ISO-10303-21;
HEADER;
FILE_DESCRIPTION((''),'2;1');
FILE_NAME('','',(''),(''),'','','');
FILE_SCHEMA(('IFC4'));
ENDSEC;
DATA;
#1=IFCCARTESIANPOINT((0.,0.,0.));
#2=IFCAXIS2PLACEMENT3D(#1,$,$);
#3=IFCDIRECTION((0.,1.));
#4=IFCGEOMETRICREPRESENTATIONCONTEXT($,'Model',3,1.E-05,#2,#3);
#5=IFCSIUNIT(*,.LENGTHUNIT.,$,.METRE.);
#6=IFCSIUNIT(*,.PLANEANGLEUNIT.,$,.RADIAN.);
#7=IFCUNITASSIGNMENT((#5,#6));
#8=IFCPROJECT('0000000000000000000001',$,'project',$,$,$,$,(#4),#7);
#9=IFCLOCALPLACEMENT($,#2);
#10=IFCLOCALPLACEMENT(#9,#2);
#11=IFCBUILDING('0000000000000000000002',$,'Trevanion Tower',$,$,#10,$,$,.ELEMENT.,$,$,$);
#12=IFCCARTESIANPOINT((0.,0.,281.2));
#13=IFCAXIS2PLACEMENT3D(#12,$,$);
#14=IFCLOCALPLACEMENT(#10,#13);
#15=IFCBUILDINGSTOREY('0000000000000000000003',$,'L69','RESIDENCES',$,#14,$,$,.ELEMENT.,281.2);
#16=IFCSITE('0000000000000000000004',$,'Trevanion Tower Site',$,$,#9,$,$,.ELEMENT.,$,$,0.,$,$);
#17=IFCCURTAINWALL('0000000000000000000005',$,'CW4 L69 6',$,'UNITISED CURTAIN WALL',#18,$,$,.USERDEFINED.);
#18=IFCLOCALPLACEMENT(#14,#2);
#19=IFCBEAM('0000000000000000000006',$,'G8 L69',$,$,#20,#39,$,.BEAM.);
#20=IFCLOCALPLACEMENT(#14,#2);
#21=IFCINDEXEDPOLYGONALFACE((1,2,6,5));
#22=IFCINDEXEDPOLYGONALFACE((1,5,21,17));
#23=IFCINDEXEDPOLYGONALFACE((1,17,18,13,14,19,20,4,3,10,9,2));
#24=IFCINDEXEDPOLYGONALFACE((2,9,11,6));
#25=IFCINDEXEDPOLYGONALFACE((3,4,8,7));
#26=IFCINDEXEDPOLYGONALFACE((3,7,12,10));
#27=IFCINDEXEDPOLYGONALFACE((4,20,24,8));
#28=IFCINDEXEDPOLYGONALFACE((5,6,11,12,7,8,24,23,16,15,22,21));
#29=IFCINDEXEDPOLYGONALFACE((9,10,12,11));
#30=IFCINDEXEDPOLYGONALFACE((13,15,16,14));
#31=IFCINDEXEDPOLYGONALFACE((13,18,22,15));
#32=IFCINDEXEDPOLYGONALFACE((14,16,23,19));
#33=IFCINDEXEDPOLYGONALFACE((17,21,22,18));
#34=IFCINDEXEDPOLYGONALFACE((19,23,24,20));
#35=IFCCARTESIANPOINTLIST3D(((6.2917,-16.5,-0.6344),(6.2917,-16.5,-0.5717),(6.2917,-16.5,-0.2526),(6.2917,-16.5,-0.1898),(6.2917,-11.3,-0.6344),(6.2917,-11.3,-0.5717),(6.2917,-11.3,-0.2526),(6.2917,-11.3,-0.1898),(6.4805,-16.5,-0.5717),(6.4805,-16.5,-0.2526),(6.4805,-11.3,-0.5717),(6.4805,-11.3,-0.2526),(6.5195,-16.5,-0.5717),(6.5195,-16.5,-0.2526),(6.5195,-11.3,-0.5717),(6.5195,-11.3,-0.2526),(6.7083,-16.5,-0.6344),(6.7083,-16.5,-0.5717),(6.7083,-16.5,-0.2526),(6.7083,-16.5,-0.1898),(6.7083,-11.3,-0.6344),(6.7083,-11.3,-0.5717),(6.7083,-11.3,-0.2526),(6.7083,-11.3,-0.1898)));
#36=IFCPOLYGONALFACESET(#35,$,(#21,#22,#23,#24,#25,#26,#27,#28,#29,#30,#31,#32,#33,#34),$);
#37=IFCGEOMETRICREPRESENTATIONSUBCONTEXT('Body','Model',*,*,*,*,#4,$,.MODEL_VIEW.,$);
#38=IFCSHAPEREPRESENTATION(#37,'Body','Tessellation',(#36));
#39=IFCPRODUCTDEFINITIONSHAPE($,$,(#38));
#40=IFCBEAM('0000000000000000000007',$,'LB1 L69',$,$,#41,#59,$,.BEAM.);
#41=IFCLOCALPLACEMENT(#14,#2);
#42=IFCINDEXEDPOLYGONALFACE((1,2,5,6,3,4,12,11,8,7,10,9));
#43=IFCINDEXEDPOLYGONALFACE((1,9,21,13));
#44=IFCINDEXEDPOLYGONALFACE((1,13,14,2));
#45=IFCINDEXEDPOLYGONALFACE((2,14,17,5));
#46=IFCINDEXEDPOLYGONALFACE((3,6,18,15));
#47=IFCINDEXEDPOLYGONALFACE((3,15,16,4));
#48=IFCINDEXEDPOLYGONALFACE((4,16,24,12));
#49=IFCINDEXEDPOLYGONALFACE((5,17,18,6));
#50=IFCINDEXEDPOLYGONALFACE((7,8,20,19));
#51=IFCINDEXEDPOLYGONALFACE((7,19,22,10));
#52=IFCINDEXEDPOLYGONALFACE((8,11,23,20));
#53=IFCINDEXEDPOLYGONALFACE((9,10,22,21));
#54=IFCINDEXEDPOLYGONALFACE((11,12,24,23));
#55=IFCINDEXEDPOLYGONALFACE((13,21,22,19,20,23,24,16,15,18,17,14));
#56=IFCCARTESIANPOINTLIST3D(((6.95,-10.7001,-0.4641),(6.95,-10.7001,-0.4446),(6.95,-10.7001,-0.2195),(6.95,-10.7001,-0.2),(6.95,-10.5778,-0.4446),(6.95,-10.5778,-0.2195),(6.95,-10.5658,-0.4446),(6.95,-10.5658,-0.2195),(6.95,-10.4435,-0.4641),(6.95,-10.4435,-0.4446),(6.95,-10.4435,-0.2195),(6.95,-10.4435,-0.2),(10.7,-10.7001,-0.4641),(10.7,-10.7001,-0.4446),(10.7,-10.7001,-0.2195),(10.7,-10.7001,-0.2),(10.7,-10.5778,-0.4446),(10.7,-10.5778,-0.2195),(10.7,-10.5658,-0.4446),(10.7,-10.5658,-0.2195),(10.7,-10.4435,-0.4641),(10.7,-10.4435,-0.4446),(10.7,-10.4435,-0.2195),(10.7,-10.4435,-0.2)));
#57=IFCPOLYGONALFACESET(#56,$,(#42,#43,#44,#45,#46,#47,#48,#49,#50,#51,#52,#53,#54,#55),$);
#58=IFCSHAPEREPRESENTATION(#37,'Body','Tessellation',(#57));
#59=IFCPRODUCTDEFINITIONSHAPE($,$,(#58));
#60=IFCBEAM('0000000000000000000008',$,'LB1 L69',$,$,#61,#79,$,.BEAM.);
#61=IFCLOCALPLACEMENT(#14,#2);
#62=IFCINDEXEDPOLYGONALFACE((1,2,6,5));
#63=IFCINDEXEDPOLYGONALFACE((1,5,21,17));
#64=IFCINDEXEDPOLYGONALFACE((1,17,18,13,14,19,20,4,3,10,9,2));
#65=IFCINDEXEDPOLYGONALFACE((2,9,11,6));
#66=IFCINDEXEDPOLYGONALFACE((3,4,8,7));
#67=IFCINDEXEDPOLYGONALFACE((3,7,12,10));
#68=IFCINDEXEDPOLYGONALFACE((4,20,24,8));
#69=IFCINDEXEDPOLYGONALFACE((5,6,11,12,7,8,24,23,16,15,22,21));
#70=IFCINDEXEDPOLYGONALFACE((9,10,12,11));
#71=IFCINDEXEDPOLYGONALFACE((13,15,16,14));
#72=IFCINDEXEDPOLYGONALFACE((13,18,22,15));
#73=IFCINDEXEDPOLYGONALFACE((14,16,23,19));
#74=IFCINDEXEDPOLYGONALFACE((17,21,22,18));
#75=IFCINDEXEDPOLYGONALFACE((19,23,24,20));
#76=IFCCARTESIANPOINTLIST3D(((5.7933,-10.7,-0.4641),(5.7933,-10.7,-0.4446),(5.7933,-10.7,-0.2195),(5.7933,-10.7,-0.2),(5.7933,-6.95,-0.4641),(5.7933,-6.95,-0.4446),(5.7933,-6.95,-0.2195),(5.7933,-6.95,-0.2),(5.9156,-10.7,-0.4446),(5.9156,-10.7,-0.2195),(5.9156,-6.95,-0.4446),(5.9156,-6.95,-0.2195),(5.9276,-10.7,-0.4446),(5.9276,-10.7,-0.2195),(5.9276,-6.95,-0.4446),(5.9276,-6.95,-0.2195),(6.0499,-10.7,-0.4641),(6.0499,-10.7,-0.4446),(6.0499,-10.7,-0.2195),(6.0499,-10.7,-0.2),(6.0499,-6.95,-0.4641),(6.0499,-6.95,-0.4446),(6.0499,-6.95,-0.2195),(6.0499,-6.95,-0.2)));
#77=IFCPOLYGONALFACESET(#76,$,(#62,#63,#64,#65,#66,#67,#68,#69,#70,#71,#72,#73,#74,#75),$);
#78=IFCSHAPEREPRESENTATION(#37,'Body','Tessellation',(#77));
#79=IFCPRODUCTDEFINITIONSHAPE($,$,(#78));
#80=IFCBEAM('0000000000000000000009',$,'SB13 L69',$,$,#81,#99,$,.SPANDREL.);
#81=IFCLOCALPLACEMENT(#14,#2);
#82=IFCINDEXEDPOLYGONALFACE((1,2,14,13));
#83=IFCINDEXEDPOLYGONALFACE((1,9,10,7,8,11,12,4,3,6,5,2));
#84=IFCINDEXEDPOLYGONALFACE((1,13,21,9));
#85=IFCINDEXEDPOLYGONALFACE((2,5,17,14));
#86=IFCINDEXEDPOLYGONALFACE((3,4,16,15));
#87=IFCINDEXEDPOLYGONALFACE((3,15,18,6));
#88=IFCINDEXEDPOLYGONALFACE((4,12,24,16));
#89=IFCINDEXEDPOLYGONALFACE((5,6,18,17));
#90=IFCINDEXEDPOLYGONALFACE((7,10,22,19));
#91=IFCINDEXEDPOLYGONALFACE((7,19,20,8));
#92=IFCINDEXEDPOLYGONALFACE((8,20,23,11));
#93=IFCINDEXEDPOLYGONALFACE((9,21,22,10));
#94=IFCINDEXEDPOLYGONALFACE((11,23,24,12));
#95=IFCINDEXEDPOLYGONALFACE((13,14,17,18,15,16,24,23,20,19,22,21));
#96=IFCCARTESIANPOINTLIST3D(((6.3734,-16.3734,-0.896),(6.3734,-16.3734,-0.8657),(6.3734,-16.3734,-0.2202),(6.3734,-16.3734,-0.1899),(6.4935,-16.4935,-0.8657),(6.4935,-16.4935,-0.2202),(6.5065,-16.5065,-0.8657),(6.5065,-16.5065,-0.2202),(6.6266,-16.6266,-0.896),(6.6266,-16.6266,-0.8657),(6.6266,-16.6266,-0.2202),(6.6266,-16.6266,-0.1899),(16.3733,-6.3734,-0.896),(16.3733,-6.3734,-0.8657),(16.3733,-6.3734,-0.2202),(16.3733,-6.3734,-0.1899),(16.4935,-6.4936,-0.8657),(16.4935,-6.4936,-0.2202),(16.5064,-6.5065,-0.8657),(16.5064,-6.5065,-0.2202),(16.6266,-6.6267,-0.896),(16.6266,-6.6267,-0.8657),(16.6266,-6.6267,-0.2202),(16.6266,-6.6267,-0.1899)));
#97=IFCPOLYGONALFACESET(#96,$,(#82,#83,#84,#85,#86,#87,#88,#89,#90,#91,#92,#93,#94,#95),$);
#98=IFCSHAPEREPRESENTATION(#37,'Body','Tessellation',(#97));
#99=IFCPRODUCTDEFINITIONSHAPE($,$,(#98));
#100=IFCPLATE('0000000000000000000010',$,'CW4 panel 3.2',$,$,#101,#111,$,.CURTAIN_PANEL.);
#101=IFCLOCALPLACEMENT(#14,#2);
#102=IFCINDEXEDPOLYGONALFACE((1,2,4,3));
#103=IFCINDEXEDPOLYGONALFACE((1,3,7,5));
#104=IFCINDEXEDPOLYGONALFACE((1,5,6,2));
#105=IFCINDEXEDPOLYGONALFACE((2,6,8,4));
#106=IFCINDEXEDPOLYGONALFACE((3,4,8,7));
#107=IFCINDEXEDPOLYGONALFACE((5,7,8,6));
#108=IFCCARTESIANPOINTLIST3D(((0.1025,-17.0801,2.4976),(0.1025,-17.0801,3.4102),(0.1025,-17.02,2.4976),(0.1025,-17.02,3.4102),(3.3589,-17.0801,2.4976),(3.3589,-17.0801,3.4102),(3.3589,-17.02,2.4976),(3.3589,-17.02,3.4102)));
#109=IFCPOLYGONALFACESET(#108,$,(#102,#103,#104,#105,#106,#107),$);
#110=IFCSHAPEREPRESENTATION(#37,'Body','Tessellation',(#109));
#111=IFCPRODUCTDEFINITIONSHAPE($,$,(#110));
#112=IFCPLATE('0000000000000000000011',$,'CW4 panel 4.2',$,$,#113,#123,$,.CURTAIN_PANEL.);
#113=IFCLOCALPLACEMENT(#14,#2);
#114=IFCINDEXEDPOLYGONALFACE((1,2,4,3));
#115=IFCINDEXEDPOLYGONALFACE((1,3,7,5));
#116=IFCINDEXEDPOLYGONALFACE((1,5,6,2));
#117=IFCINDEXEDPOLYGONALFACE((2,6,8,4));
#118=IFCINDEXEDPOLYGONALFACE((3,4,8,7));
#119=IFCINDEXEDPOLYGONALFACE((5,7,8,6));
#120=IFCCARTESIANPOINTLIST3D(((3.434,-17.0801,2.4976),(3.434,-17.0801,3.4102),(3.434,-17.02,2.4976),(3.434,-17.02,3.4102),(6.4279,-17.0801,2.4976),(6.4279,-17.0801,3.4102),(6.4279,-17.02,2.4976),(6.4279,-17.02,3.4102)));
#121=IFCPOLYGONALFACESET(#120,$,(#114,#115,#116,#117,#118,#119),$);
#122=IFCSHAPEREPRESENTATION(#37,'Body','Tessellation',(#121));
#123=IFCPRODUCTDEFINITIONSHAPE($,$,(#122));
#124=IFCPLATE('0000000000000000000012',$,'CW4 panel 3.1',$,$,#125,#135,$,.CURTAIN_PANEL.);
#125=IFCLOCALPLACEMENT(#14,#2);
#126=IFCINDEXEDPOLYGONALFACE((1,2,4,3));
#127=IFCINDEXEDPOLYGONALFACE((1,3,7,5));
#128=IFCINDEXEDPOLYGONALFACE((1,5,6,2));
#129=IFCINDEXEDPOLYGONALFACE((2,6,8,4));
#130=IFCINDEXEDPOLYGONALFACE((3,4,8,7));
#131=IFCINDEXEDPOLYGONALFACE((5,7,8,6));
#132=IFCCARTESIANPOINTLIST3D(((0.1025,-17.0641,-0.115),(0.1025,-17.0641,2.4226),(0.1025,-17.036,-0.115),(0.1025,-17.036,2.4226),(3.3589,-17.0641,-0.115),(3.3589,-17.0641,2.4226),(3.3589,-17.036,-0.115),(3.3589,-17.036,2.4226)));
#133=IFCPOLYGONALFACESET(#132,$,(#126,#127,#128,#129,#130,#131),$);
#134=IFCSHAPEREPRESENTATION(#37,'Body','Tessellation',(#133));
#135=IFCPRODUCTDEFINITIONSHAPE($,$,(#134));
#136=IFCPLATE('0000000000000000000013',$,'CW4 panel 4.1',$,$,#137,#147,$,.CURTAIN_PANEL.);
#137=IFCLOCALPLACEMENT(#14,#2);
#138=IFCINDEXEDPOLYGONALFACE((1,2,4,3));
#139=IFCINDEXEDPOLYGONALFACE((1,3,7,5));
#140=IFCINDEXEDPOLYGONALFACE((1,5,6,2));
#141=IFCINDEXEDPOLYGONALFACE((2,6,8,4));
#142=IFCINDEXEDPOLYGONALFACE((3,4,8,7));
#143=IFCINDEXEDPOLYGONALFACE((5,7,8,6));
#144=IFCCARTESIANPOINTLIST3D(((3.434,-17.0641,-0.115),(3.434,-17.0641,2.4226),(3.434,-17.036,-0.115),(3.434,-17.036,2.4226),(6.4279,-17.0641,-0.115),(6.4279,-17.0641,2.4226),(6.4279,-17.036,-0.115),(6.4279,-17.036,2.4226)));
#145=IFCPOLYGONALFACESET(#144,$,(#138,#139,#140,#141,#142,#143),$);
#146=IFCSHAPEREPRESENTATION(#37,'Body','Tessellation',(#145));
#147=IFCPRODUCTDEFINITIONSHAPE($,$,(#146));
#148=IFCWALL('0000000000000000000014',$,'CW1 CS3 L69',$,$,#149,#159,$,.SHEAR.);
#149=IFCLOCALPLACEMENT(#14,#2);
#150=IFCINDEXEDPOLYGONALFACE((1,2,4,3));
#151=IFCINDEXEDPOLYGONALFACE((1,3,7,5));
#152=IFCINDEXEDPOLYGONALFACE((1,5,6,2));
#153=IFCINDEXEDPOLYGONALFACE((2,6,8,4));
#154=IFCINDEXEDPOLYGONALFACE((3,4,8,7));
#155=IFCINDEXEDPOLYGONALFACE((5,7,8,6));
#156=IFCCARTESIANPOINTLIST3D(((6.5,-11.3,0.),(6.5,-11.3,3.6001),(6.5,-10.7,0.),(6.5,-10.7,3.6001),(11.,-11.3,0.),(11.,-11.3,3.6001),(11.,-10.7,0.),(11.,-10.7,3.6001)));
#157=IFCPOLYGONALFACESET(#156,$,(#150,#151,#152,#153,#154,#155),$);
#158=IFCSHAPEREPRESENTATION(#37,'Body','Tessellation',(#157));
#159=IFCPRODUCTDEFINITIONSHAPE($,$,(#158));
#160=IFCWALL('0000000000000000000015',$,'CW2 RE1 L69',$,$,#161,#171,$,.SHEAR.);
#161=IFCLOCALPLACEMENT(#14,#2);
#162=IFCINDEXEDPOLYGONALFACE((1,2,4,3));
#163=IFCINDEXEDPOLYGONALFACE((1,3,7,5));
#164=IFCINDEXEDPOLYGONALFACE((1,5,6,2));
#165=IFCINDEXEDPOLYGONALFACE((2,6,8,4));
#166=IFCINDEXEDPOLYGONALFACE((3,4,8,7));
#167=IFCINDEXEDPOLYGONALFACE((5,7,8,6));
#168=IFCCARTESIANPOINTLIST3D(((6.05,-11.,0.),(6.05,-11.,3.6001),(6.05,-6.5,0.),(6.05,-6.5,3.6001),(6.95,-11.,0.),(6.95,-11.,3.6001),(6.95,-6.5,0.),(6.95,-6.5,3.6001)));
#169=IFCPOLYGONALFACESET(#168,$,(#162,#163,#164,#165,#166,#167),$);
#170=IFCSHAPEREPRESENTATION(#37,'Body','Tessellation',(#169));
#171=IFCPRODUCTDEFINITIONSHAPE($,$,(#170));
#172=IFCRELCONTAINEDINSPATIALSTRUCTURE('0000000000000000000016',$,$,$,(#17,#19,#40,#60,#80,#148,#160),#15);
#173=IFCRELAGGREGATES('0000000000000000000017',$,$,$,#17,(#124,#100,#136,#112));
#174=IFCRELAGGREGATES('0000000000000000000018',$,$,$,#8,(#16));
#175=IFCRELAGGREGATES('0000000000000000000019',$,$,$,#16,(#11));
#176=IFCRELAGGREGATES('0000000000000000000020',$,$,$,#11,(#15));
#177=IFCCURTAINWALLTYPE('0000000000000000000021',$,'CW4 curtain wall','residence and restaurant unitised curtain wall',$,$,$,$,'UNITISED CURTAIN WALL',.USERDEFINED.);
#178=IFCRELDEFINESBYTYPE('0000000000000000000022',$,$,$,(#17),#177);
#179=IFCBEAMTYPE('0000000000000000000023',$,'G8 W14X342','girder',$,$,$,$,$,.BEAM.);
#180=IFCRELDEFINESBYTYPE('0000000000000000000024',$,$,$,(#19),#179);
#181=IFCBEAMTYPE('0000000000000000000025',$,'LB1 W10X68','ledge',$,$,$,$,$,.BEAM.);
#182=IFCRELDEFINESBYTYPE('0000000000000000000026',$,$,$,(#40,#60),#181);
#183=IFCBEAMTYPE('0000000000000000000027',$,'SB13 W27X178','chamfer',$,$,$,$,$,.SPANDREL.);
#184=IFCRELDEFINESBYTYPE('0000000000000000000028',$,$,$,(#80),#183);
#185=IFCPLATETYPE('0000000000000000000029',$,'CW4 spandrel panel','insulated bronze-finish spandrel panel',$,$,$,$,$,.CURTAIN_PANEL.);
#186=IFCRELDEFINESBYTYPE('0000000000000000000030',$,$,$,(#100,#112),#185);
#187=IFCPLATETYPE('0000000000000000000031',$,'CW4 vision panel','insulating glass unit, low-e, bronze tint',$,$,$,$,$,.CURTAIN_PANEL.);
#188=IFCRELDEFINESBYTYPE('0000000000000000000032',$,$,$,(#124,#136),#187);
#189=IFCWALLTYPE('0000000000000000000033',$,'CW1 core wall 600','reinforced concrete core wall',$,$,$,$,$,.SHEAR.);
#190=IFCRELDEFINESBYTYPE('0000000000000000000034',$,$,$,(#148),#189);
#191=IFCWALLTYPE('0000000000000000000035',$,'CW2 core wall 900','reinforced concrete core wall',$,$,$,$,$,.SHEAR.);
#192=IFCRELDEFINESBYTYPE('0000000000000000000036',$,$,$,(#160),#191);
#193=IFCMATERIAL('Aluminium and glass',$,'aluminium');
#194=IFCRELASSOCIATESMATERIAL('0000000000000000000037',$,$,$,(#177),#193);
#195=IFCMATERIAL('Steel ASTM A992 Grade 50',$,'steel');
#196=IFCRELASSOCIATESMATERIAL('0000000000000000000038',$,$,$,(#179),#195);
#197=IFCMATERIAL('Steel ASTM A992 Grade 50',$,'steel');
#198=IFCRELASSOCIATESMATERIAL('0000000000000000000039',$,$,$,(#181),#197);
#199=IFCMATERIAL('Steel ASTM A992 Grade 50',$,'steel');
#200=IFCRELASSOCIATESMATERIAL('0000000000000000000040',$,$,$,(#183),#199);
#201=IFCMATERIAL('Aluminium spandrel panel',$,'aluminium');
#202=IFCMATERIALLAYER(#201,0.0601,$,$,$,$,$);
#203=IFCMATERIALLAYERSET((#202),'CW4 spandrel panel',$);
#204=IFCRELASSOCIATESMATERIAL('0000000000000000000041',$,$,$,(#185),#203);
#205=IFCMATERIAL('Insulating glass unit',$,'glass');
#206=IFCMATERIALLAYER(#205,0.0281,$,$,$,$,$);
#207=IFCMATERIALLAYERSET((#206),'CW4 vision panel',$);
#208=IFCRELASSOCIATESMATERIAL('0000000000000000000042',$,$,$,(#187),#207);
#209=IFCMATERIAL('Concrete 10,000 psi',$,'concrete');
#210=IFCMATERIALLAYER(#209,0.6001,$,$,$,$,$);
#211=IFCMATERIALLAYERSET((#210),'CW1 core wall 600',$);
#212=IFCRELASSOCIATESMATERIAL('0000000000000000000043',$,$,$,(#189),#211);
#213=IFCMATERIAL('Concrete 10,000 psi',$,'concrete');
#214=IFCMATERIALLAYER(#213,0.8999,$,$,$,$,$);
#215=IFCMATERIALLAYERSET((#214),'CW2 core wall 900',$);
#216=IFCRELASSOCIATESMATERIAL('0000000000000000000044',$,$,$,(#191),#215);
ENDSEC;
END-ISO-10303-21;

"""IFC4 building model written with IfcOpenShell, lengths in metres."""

from ifc_helpers import new_model, si_unit, direction, frame, frame_2d, origin, origin_2d, place, context, subcontext, project, spatial, rectangle, i_section, extrude, material, layer, layer_set, material_profile, profile_set, type_object, element, aggregate, save


model = new_model("IFC4")

# Units and contexts
model_context = context("Model", 3, precision=1e-05, world=origin(), true_north=direction((0.0, 1.0)))
body_context = subcontext(model_context, "Body", "Model", "MODEL_VIEW")
ifc_project = project(units=[si_unit("LENGTHUNIT", "METRE"), si_unit("PLANEANGLEUNIT", "RADIAN")], contexts=[model_context])

# Site, building, storey
site_placement = place(None, origin())
site = spatial("IfcSite", under=ifc_project, at=site_placement, Name="Trevanion Tower Site", CompositionType="ELEMENT", RefElevation=0.0)
building_placement = place(site_placement, origin())
building = spatial("IfcBuilding", under=site, at=building_placement, Name="Trevanion Tower", CompositionType="ELEMENT")
storey_placement = place(building_placement, frame((0.0, 0.0, 281.2)))
storey = spatial("IfcBuildingStorey", under=building, at=storey_placement, Name="L69", Description="RESIDENCES", CompositionType="ELEMENT", Elevation=281.2)

# Curtain wall
ifc_material_1 = material(Name="Aluminium and glass", Category="aluminium")
curtain_wall_type = type_object("IfcCurtainWallType", Name="CW4 curtain wall", Description="residence and restaurant unitised curtain wall", ElementType="UNITISED CURTAIN WALL", PredefinedType="USERDEFINED", material=ifc_material_1)
curtain_wall_1_placement = place(storey_placement, origin())
curtain_wall_1 = element("IfcCurtainWall", 1, at=curtain_wall_1_placement, inside=storey, type_object=curtain_wall_type, Name="CW4 L69 6", ObjectType="UNITISED CURTAIN WALL", PredefinedType="USERDEFINED")

# Beams
ifc_material_2 = material(Name="Steel ASTM A992 Grade 50", Category="steel")
ifc_material_profile_1 = material_profile(ifc_material_2, i_section(OverallWidth=0.4165, OverallDepth=0.4446, WebThickness=0.0391, FlangeThickness=0.0627, at=origin_2d()), Name="W14X342")
ifc_profile_set_1 = profile_set([ifc_material_profile_1], Name="Steel ASTM A992 Grade 50")
beam_type_1 = type_object("IfcBeamType", Name="G8 W14X342", Description="girder", PredefinedType="BEAM", material=ifc_profile_set_1)
beam_1_placement = place(storey_placement, frame((6.5, -11.3, -0.4121), z_axis=(0.0, -1.0, 0.0), x_axis=(1.0, 0.0, 0.0)))
element("IfcBeam", 2, at=beam_1_placement, inside=storey, type_object=beam_type_1, Name="G8 L69", PredefinedType="BEAM", context=body_context, shape_type="SweptSolid", body=[
    extrude(i_section(OverallWidth=0.4165, OverallDepth=0.4446, WebThickness=0.0391, FlangeThickness=0.0627, at=origin_2d()), origin(), (0.0, 0.0, 1.0), 5.2),
])
ifc_material_3 = material(Name="Steel ASTM A992 Grade 50", Category="steel")
ifc_material_profile_2 = material_profile(ifc_material_3, i_section(OverallWidth=0.2566, OverallDepth=0.2642, WebThickness=0.012, FlangeThickness=0.0195, at=origin_2d()), Name="W10X68")
ifc_profile_set_2 = profile_set([ifc_material_profile_2], Name="Steel ASTM A992 Grade 50")
beam_type_2 = type_object("IfcBeamType", Name="LB1 W10X68", Description="ledge", PredefinedType="BEAM", material=ifc_profile_set_2)
for number, where, z_axis, x_axis, name in (
    (3, (6.95, -10.5718, -0.332), (1.0, 0.0, 0.0), (0.0, 1.0, 0.0), "LB1 L69"),
    (4, (5.9216, -10.7, -0.332), (0.0, 1.0, 0.0), (-1.0, 0.0, 0.0), "LB1 L69"),
):
    element("IfcBeam", number, at=place(storey_placement, frame(where, z_axis=z_axis, x_axis=x_axis)), inside=storey, type_object=beam_type_2, Name=name, PredefinedType="BEAM", context=body_context, shape_type="SweptSolid", body=[
        extrude(i_section(OverallWidth=0.2566, OverallDepth=0.2642, WebThickness=0.012, FlangeThickness=0.0195, at=origin_2d()), origin(), (0.0, 0.0, 1.0), 3.75),
    ])
ifc_material_4 = material(Name="Steel ASTM A992 Grade 50", Category="steel")
ifc_material_profile_3 = material_profile(ifc_material_4, i_section(OverallWidth=0.3582, OverallDepth=0.7061, WebThickness=0.0183, FlangeThickness=0.0303, at=origin_2d()), Name="W27X178")
ifc_profile_set_3 = profile_set([ifc_material_profile_3], Name="Steel ASTM A992 Grade 50")
beam_type_3 = type_object("IfcBeamType", Name="SB13 W27X178", Description="chamfer", PredefinedType="SPANDREL", material=ifc_profile_set_3)
beam_2_placement = place(storey_placement, frame((6.5, -16.5, -0.543), z_axis=(0.707107, 0.707107, 0.0), x_axis=(-0.707107, 0.707107, 0.0)))
element("IfcBeam", 5, at=beam_2_placement, inside=storey, type_object=beam_type_3, Name="SB13 L69", PredefinedType="SPANDREL", context=body_context, shape_type="SweptSolid", body=[
    extrude(i_section(OverallWidth=0.3582, OverallDepth=0.7061, WebThickness=0.0183, FlangeThickness=0.0303, at=origin_2d()), origin(), (0.0, 0.0, 1.0), 14.1421),
])

# Plates
ifc_material_5 = material(Name="Aluminium spandrel panel", Category="aluminium")
ifc_layer_1 = layer(ifc_material_5, 0.0601)
ifc_layer_set_1 = layer_set([ifc_layer_1], Name="CW4 spandrel panel")
plate_type_1 = type_object("IfcPlateType", Name="CW4 spandrel panel", Description="insulated bronze-finish spandrel panel", PredefinedType="CURTAIN_PANEL", material=ifc_layer_set_1)
plate_1_placement = place(storey_placement, frame((1.7307, -17.05, 2.4976), z_axis=(0.0, 0.0, 1.0), x_axis=(1.0, 0.0, 0.0)))
plate_1 = element("IfcPlate", 6, at=plate_1_placement, type_object=plate_type_1, Name="CW4 panel 3.2", PredefinedType="CURTAIN_PANEL", context=body_context, shape_type="SweptSolid", body=[
    extrude(rectangle(XDim=3.2563, YDim=0.0601, at=origin_2d()), origin(), (0.0, 0.0, 1.0), 0.9126),
])
plate_2_placement = place(storey_placement, frame((4.9309, -17.05, 2.4976), z_axis=(0.0, 0.0, 1.0), x_axis=(1.0, 0.0, 0.0)))
plate_2 = element("IfcPlate", 7, at=plate_2_placement, type_object=plate_type_1, Name="CW4 panel 4.2", PredefinedType="CURTAIN_PANEL", context=body_context, shape_type="SweptSolid", body=[
    extrude(rectangle(XDim=2.9939, YDim=0.0601, at=origin_2d()), origin(), (0.0, 0.0, 1.0), 0.9126),
])
ifc_material_6 = material(Name="Insulating glass unit", Category="glass")
ifc_layer_2 = layer(ifc_material_6, 0.0281)
ifc_layer_set_2 = layer_set([ifc_layer_2], Name="CW4 vision panel")
plate_type_2 = type_object("IfcPlateType", Name="CW4 vision panel", Description="insulating glass unit, low-e, bronze tint", PredefinedType="CURTAIN_PANEL", material=ifc_layer_set_2)
plate_3_placement = place(storey_placement, frame((1.7307, -17.05, -0.115), z_axis=(0.0, 0.0, 1.0), x_axis=(1.0, 0.0, 0.0)))
plate_3 = element("IfcPlate", 8, at=plate_3_placement, type_object=plate_type_2, Name="CW4 panel 3.1", PredefinedType="CURTAIN_PANEL", context=body_context, shape_type="SweptSolid", body=[
    extrude(rectangle(XDim=3.2563, YDim=0.0281, at=origin_2d()), origin(), (0.0, 0.0, 1.0), 2.5376),
])
plate_4_placement = place(storey_placement, frame((4.9309, -17.05, -0.115), z_axis=(0.0, 0.0, 1.0), x_axis=(1.0, 0.0, 0.0)))
plate_4 = element("IfcPlate", 9, at=plate_4_placement, type_object=plate_type_2, Name="CW4 panel 4.1", PredefinedType="CURTAIN_PANEL", context=body_context, shape_type="SweptSolid", body=[
    extrude(rectangle(XDim=2.9939, YDim=0.0281, at=origin_2d()), origin(), (0.0, 0.0, 1.0), 2.5376),
])
aggregate(curtain_wall_1, [plate_3, plate_1, plate_4, plate_2])

# Walls
ifc_material_7 = material(Name="Concrete 10,000 psi", Category="concrete")
ifc_layer_3 = layer(ifc_material_7, 0.6001)
ifc_layer_set_3 = layer_set([ifc_layer_3], Name="CW1 core wall 600")
wall_type_1 = type_object("IfcWallType", Name="CW1 core wall 600", Description="reinforced concrete core wall", PredefinedType="SHEAR", material=ifc_layer_set_3)
wall_1_placement = place(storey_placement, frame((6.5, -11.0, 0.0), z_axis=(0.0, 0.0, 1.0), x_axis=(1.0, 0.0, 0.0)))
element("IfcWall", 10, at=wall_1_placement, inside=storey, type_object=wall_type_1, Name="CW1 CS3 L69", PredefinedType="SHEAR", context=body_context, shape_type="SweptSolid", body=[
    extrude(rectangle(XDim=4.5, YDim=0.6001, at=frame_2d((2.25, 0.0))), origin(), (0.0, 0.0, 1.0), 3.6001),
])
ifc_material_8 = material(Name="Concrete 10,000 psi", Category="concrete")
ifc_layer_4 = layer(ifc_material_8, 0.8999)
ifc_layer_set_4 = layer_set([ifc_layer_4], Name="CW2 core wall 900")
wall_type_2 = type_object("IfcWallType", Name="CW2 core wall 900", Description="reinforced concrete core wall", PredefinedType="SHEAR", material=ifc_layer_set_4)
wall_2_placement = place(storey_placement, frame((6.5, -11.0, 0.0), z_axis=(0.0, 0.0, 1.0), x_axis=(0.0, 1.0, 0.0)))
element("IfcWall", 11, at=wall_2_placement, inside=storey, type_object=wall_type_2, Name="CW2 RE1 L69", PredefinedType="SHEAR", context=body_context, shape_type="SweptSolid", body=[
    extrude(rectangle(XDim=4.5, YDim=0.8999, at=frame_2d((2.25, 0.0))), origin(), (0.0, 0.0, 1.0), 3.6001),
])

save(model, "model.ifc")
